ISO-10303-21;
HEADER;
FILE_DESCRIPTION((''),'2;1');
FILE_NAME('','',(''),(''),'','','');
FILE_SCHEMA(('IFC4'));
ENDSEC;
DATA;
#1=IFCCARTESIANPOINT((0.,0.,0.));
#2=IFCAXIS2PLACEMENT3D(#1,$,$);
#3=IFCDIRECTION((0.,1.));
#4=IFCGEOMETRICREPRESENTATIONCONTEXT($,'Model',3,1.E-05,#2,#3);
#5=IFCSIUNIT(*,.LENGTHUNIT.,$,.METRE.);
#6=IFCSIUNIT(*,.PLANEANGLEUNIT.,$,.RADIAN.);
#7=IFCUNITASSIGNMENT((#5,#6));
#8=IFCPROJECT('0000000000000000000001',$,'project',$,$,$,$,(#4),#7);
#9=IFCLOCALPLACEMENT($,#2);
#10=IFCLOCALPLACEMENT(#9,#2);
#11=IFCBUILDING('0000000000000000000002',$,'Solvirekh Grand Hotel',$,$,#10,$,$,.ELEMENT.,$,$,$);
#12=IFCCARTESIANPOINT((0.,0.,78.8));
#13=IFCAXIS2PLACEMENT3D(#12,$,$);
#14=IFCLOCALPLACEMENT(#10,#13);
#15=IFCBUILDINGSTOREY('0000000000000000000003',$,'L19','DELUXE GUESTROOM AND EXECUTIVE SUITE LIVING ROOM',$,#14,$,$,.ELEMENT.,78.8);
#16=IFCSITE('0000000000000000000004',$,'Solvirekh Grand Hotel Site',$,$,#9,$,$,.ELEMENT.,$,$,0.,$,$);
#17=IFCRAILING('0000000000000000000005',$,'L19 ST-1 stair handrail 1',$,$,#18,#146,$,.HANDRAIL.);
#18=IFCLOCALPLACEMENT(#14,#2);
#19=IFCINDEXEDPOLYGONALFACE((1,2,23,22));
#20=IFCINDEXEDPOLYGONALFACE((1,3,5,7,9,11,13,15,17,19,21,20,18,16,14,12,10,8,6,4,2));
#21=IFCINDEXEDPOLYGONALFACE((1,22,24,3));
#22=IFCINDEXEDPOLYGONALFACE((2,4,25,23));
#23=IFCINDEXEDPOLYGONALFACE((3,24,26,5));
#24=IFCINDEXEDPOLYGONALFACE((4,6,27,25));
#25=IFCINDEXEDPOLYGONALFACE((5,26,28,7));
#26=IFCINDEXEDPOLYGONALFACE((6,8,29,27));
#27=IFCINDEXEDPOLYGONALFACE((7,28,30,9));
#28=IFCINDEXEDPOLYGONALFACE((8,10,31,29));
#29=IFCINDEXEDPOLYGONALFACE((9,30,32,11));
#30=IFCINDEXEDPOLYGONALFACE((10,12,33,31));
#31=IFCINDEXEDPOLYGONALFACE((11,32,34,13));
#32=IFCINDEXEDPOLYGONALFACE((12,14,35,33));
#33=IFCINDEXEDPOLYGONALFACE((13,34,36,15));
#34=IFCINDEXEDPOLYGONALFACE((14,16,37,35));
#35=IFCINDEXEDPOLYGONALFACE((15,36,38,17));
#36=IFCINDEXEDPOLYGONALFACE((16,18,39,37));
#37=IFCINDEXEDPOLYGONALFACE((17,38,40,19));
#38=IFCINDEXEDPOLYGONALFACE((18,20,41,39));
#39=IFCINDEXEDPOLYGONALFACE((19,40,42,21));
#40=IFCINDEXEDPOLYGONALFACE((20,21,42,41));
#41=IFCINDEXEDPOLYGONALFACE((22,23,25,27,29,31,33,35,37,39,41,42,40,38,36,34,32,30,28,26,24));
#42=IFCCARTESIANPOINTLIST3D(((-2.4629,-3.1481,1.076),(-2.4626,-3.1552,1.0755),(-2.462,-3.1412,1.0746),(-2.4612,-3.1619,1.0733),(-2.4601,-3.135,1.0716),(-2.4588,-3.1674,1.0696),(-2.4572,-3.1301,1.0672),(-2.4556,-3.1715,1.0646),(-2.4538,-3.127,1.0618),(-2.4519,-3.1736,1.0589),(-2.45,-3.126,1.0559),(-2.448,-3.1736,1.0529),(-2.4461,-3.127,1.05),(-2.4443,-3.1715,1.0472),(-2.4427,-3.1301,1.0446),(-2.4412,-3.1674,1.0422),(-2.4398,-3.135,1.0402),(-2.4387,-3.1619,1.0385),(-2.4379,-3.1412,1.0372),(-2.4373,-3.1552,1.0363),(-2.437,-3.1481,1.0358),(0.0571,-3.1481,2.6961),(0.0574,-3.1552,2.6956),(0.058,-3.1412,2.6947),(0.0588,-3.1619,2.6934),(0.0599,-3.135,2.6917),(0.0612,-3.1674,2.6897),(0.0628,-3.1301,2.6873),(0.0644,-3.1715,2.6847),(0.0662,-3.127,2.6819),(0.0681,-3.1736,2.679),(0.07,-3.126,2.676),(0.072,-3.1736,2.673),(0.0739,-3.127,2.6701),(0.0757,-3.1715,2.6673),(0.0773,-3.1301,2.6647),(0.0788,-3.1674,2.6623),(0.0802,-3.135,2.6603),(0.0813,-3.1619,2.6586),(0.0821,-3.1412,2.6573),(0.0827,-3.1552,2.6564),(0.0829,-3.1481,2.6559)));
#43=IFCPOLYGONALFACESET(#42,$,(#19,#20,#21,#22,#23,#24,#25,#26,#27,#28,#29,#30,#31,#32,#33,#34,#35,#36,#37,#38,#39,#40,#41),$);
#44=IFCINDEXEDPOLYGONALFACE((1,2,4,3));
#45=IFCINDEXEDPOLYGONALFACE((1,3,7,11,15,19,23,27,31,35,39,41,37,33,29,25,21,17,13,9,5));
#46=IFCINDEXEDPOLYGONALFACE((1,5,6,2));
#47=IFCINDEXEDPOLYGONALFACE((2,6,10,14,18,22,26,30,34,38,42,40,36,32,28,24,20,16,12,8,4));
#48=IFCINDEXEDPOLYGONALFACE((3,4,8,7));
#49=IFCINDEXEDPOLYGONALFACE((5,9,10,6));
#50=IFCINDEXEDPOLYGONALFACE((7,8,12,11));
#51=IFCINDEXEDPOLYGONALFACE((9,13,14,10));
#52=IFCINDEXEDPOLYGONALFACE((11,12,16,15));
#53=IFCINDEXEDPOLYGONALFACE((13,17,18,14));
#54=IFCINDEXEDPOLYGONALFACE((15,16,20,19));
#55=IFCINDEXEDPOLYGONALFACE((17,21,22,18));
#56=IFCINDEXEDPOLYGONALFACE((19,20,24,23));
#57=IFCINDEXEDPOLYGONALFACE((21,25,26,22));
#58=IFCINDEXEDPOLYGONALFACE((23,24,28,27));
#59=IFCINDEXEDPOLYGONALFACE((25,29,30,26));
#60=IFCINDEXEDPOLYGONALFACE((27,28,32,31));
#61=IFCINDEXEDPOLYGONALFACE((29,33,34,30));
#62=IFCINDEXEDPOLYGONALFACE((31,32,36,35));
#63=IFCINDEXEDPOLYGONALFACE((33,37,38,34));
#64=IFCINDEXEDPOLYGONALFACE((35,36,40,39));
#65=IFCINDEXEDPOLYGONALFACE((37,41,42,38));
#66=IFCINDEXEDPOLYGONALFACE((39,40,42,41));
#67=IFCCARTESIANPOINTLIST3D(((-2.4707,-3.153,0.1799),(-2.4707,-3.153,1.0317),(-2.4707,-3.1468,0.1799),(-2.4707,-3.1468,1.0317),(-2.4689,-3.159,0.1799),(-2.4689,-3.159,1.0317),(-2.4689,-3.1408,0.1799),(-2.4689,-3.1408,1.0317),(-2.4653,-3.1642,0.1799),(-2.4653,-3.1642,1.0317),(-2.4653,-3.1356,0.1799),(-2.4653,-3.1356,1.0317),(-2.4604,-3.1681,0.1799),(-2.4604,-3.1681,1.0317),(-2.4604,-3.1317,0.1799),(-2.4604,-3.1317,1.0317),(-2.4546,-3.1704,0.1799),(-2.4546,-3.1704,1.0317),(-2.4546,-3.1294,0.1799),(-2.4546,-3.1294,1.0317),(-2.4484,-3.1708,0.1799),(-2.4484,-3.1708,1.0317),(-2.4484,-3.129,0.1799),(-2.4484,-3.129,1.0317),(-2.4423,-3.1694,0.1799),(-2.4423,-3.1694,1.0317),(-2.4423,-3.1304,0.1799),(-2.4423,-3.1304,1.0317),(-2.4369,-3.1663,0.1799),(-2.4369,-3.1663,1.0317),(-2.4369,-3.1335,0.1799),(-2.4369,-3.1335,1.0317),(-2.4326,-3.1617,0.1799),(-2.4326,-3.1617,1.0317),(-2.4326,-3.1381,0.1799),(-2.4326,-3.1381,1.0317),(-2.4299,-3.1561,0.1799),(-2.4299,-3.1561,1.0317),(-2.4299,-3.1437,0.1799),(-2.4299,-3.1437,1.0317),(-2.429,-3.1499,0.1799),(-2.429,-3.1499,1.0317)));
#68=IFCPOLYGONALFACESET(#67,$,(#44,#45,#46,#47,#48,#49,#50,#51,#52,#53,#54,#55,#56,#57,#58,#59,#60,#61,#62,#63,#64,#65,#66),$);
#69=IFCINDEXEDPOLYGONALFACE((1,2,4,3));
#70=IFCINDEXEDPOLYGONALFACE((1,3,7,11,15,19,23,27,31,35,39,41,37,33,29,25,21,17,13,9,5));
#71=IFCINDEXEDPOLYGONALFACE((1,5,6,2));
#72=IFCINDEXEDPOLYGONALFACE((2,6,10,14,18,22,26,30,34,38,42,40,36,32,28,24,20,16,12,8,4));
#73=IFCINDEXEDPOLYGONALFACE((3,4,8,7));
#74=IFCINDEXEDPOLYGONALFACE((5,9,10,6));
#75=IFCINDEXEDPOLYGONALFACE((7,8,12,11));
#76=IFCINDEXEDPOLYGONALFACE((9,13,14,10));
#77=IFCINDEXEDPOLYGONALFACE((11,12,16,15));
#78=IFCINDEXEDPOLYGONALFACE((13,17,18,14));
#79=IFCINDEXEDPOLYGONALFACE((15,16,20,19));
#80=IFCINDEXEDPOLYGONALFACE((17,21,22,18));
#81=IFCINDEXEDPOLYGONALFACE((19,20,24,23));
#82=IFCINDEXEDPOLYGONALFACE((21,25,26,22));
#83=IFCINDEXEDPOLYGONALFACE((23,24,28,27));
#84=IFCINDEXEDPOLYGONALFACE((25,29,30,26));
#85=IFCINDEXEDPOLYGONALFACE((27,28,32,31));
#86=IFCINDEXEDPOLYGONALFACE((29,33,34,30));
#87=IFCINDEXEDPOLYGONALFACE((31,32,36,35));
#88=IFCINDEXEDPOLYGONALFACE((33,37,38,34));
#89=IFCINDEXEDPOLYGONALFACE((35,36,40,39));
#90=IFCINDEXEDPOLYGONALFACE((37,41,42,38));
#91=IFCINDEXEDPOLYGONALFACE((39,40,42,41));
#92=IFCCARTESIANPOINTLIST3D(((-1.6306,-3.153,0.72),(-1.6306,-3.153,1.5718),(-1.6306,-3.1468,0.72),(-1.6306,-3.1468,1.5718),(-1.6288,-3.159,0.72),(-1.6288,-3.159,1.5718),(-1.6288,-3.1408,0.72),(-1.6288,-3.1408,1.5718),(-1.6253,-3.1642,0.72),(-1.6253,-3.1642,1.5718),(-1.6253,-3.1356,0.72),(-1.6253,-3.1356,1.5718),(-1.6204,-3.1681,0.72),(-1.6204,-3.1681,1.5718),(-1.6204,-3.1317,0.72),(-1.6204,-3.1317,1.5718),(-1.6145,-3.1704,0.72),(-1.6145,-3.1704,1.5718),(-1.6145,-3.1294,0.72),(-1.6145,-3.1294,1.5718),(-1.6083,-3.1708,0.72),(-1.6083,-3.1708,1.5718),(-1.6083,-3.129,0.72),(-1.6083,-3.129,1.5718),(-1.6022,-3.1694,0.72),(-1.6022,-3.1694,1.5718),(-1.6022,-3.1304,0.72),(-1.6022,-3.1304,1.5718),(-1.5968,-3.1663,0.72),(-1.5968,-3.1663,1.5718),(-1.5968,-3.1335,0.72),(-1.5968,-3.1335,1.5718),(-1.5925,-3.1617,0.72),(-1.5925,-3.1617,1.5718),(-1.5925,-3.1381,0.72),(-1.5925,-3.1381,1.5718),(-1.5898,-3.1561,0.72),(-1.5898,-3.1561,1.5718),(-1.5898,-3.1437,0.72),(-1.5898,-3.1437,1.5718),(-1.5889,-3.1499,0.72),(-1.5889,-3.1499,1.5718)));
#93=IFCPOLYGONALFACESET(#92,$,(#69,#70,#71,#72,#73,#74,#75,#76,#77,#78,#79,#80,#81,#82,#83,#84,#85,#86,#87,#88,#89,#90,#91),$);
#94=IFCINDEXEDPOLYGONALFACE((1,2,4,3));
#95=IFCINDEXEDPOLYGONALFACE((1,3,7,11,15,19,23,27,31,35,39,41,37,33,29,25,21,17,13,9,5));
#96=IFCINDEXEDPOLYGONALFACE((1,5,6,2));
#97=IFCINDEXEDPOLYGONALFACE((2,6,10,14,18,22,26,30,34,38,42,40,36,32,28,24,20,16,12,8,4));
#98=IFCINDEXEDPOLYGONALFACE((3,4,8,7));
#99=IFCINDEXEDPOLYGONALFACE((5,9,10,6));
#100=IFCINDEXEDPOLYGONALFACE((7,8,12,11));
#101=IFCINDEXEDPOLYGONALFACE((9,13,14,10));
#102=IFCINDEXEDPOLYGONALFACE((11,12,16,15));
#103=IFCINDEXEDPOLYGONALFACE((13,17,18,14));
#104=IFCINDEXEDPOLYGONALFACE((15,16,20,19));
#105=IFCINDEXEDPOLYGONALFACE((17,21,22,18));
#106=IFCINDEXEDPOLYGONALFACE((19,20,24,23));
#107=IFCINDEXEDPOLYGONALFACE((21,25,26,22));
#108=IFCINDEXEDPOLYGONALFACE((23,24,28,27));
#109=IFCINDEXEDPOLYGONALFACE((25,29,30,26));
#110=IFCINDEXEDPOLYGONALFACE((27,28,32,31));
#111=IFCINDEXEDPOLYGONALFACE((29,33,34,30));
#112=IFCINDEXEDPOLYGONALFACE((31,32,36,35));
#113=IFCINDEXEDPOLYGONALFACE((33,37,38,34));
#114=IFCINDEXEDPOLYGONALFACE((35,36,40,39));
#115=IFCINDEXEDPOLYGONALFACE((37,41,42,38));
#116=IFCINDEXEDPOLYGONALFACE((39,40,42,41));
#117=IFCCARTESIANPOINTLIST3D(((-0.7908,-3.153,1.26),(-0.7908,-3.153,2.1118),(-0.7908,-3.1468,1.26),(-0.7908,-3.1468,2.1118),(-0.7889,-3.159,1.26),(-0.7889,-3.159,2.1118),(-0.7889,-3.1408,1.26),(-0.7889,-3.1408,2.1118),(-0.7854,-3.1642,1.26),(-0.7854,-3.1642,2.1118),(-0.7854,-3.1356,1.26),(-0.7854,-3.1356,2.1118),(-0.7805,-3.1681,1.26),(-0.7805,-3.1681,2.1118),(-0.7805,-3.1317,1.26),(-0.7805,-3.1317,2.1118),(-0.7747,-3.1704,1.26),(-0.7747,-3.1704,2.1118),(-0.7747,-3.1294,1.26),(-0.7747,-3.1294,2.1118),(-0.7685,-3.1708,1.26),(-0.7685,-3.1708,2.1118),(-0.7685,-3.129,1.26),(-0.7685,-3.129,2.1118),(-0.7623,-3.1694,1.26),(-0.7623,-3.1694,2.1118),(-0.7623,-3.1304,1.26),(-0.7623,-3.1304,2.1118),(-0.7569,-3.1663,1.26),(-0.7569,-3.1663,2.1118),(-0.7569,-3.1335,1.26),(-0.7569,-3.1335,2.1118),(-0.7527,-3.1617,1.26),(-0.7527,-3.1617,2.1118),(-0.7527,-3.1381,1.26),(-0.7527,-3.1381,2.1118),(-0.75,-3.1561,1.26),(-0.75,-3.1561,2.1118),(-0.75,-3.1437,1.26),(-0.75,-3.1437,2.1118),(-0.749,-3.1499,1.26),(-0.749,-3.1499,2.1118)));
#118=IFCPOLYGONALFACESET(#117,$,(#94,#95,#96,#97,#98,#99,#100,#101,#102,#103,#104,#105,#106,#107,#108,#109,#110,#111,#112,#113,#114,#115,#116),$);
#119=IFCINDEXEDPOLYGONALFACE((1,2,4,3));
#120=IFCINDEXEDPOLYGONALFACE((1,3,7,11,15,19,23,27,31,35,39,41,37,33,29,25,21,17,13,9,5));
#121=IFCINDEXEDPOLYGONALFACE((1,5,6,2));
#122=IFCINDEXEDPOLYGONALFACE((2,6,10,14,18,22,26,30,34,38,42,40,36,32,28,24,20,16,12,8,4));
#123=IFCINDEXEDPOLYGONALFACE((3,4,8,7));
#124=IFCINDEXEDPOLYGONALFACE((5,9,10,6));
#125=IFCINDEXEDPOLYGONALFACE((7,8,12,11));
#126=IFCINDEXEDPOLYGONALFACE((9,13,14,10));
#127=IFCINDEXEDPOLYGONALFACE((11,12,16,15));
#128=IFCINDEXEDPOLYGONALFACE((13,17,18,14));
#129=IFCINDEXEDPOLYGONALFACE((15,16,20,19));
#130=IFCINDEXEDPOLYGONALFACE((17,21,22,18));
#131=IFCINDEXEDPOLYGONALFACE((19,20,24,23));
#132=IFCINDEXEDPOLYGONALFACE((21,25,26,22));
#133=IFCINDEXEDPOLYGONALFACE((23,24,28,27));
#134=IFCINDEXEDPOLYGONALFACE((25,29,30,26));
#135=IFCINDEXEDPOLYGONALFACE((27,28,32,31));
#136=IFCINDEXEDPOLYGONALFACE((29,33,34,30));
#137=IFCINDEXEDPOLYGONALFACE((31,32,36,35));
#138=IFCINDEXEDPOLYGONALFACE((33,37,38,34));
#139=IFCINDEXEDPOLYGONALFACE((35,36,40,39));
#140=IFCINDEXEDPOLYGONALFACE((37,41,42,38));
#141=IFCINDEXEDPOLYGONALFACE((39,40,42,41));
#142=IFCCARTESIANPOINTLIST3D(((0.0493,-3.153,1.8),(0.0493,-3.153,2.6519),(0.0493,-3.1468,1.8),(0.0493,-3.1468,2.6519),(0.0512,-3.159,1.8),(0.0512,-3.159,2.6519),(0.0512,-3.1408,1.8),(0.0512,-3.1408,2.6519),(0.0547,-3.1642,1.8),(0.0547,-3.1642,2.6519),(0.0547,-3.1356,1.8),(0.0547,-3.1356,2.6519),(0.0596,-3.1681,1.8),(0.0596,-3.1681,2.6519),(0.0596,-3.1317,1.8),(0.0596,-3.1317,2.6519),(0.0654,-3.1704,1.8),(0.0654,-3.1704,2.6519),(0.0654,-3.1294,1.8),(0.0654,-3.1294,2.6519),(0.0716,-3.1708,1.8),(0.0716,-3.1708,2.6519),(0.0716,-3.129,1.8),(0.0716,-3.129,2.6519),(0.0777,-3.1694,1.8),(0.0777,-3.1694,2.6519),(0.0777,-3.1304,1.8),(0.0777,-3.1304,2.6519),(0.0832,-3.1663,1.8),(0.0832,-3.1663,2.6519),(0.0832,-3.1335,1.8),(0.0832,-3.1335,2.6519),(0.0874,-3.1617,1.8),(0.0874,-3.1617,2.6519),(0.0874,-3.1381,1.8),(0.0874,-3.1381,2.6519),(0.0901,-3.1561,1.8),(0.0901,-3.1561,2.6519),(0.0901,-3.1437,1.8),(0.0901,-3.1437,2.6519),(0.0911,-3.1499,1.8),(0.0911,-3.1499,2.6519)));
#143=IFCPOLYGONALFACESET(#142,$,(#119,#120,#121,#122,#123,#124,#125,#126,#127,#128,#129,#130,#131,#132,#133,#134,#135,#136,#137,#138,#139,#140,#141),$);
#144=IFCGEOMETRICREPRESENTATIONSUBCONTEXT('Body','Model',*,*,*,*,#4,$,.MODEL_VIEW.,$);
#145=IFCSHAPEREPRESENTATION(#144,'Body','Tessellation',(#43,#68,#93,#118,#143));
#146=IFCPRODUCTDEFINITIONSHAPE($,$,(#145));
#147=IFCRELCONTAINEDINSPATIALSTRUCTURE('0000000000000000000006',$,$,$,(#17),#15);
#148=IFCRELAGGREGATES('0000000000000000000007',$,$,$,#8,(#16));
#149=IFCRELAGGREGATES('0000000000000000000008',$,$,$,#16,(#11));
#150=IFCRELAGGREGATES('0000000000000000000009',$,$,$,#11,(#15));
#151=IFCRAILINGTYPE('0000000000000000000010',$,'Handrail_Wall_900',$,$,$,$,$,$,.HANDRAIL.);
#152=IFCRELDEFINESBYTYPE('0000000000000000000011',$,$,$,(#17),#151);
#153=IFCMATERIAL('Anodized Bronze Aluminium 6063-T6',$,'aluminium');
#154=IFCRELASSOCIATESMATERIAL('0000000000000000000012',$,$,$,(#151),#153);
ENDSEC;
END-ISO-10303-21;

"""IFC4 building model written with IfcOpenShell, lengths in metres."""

from ifc_helpers import new_model, si_unit, direction, frame, origin, origin_2d, place, context, subcontext, project, spatial, circle, extrude, material, type_object, element, save


model = new_model("IFC4")

# Units and contexts
model_context = context("Model", 3, precision=1e-05, world=origin(), true_north=direction((0.0, 1.0)))
body_context = subcontext(model_context, "Body", "Model", "MODEL_VIEW")
ifc_project = project(units=[si_unit("LENGTHUNIT", "METRE"), si_unit("PLANEANGLEUNIT", "RADIAN")], contexts=[model_context])

# Site, building, storey
site_placement = place(None, origin())
site = spatial("IfcSite", under=ifc_project, at=site_placement, Name="Solvirekh Grand Hotel Site", CompositionType="ELEMENT", RefElevation=0.0)
building_placement = place(site_placement, origin())
building = spatial("IfcBuilding", under=site, at=building_placement, Name="Solvirekh Grand Hotel", CompositionType="ELEMENT")
storey_placement = place(building_placement, frame((0.0, 0.0, 78.8)))
storey = spatial("IfcBuildingStorey", under=building, at=storey_placement, Name="L19", Description="DELUXE GUESTROOM AND EXECUTIVE SUITE LIVING ROOM", CompositionType="ELEMENT", Elevation=78.8)

# Railing
ifc_material_1 = material(Name="Anodized Bronze Aluminium 6063-T6", Category="aluminium")
railing_type_1 = type_object("IfcRailingType", Name="Handrail_Wall_900", PredefinedType="HANDRAIL", material=ifc_material_1)
railing_1_placement = place(storey_placement, frame((-2.45, -3.1499, 0.1799)))
element("IfcRailing", 1, at=railing_1_placement, inside=storey, type_object=railing_type_1, Name="L19 ST-1 stair handrail 1", PredefinedType="HANDRAIL", context=body_context, shape_type="SweptSolid", body=[
    extrude(circle(Radius=0.0239, at=origin_2d()), frame((0.0, 0.0, 0.876), z_axis=(0.841163, 0.0, 0.540782), x_axis=(0.0, 1.0, 0.0)), (0.0, 0.0, 1.0), 2.9958),
    extrude(circle(Radius=0.021, at=origin_2d()), origin(), (0.0, 0.0, 1.0), 0.8518),
    extrude(circle(Radius=0.021, at=origin_2d()), frame((0.8401, 0.0, 0.54)), (0.0, 0.0, 1.0), 0.8518),
    extrude(circle(Radius=0.021, at=origin_2d()), frame((1.6799, 0.0, 1.0801)), (0.0, 0.0, 1.0), 0.8518),
    extrude(circle(Radius=0.021, at=origin_2d()), frame((2.52, 0.0, 1.6201)), (0.0, 0.0, 1.0), 0.8518),
])

save(model, "model.ifc")
